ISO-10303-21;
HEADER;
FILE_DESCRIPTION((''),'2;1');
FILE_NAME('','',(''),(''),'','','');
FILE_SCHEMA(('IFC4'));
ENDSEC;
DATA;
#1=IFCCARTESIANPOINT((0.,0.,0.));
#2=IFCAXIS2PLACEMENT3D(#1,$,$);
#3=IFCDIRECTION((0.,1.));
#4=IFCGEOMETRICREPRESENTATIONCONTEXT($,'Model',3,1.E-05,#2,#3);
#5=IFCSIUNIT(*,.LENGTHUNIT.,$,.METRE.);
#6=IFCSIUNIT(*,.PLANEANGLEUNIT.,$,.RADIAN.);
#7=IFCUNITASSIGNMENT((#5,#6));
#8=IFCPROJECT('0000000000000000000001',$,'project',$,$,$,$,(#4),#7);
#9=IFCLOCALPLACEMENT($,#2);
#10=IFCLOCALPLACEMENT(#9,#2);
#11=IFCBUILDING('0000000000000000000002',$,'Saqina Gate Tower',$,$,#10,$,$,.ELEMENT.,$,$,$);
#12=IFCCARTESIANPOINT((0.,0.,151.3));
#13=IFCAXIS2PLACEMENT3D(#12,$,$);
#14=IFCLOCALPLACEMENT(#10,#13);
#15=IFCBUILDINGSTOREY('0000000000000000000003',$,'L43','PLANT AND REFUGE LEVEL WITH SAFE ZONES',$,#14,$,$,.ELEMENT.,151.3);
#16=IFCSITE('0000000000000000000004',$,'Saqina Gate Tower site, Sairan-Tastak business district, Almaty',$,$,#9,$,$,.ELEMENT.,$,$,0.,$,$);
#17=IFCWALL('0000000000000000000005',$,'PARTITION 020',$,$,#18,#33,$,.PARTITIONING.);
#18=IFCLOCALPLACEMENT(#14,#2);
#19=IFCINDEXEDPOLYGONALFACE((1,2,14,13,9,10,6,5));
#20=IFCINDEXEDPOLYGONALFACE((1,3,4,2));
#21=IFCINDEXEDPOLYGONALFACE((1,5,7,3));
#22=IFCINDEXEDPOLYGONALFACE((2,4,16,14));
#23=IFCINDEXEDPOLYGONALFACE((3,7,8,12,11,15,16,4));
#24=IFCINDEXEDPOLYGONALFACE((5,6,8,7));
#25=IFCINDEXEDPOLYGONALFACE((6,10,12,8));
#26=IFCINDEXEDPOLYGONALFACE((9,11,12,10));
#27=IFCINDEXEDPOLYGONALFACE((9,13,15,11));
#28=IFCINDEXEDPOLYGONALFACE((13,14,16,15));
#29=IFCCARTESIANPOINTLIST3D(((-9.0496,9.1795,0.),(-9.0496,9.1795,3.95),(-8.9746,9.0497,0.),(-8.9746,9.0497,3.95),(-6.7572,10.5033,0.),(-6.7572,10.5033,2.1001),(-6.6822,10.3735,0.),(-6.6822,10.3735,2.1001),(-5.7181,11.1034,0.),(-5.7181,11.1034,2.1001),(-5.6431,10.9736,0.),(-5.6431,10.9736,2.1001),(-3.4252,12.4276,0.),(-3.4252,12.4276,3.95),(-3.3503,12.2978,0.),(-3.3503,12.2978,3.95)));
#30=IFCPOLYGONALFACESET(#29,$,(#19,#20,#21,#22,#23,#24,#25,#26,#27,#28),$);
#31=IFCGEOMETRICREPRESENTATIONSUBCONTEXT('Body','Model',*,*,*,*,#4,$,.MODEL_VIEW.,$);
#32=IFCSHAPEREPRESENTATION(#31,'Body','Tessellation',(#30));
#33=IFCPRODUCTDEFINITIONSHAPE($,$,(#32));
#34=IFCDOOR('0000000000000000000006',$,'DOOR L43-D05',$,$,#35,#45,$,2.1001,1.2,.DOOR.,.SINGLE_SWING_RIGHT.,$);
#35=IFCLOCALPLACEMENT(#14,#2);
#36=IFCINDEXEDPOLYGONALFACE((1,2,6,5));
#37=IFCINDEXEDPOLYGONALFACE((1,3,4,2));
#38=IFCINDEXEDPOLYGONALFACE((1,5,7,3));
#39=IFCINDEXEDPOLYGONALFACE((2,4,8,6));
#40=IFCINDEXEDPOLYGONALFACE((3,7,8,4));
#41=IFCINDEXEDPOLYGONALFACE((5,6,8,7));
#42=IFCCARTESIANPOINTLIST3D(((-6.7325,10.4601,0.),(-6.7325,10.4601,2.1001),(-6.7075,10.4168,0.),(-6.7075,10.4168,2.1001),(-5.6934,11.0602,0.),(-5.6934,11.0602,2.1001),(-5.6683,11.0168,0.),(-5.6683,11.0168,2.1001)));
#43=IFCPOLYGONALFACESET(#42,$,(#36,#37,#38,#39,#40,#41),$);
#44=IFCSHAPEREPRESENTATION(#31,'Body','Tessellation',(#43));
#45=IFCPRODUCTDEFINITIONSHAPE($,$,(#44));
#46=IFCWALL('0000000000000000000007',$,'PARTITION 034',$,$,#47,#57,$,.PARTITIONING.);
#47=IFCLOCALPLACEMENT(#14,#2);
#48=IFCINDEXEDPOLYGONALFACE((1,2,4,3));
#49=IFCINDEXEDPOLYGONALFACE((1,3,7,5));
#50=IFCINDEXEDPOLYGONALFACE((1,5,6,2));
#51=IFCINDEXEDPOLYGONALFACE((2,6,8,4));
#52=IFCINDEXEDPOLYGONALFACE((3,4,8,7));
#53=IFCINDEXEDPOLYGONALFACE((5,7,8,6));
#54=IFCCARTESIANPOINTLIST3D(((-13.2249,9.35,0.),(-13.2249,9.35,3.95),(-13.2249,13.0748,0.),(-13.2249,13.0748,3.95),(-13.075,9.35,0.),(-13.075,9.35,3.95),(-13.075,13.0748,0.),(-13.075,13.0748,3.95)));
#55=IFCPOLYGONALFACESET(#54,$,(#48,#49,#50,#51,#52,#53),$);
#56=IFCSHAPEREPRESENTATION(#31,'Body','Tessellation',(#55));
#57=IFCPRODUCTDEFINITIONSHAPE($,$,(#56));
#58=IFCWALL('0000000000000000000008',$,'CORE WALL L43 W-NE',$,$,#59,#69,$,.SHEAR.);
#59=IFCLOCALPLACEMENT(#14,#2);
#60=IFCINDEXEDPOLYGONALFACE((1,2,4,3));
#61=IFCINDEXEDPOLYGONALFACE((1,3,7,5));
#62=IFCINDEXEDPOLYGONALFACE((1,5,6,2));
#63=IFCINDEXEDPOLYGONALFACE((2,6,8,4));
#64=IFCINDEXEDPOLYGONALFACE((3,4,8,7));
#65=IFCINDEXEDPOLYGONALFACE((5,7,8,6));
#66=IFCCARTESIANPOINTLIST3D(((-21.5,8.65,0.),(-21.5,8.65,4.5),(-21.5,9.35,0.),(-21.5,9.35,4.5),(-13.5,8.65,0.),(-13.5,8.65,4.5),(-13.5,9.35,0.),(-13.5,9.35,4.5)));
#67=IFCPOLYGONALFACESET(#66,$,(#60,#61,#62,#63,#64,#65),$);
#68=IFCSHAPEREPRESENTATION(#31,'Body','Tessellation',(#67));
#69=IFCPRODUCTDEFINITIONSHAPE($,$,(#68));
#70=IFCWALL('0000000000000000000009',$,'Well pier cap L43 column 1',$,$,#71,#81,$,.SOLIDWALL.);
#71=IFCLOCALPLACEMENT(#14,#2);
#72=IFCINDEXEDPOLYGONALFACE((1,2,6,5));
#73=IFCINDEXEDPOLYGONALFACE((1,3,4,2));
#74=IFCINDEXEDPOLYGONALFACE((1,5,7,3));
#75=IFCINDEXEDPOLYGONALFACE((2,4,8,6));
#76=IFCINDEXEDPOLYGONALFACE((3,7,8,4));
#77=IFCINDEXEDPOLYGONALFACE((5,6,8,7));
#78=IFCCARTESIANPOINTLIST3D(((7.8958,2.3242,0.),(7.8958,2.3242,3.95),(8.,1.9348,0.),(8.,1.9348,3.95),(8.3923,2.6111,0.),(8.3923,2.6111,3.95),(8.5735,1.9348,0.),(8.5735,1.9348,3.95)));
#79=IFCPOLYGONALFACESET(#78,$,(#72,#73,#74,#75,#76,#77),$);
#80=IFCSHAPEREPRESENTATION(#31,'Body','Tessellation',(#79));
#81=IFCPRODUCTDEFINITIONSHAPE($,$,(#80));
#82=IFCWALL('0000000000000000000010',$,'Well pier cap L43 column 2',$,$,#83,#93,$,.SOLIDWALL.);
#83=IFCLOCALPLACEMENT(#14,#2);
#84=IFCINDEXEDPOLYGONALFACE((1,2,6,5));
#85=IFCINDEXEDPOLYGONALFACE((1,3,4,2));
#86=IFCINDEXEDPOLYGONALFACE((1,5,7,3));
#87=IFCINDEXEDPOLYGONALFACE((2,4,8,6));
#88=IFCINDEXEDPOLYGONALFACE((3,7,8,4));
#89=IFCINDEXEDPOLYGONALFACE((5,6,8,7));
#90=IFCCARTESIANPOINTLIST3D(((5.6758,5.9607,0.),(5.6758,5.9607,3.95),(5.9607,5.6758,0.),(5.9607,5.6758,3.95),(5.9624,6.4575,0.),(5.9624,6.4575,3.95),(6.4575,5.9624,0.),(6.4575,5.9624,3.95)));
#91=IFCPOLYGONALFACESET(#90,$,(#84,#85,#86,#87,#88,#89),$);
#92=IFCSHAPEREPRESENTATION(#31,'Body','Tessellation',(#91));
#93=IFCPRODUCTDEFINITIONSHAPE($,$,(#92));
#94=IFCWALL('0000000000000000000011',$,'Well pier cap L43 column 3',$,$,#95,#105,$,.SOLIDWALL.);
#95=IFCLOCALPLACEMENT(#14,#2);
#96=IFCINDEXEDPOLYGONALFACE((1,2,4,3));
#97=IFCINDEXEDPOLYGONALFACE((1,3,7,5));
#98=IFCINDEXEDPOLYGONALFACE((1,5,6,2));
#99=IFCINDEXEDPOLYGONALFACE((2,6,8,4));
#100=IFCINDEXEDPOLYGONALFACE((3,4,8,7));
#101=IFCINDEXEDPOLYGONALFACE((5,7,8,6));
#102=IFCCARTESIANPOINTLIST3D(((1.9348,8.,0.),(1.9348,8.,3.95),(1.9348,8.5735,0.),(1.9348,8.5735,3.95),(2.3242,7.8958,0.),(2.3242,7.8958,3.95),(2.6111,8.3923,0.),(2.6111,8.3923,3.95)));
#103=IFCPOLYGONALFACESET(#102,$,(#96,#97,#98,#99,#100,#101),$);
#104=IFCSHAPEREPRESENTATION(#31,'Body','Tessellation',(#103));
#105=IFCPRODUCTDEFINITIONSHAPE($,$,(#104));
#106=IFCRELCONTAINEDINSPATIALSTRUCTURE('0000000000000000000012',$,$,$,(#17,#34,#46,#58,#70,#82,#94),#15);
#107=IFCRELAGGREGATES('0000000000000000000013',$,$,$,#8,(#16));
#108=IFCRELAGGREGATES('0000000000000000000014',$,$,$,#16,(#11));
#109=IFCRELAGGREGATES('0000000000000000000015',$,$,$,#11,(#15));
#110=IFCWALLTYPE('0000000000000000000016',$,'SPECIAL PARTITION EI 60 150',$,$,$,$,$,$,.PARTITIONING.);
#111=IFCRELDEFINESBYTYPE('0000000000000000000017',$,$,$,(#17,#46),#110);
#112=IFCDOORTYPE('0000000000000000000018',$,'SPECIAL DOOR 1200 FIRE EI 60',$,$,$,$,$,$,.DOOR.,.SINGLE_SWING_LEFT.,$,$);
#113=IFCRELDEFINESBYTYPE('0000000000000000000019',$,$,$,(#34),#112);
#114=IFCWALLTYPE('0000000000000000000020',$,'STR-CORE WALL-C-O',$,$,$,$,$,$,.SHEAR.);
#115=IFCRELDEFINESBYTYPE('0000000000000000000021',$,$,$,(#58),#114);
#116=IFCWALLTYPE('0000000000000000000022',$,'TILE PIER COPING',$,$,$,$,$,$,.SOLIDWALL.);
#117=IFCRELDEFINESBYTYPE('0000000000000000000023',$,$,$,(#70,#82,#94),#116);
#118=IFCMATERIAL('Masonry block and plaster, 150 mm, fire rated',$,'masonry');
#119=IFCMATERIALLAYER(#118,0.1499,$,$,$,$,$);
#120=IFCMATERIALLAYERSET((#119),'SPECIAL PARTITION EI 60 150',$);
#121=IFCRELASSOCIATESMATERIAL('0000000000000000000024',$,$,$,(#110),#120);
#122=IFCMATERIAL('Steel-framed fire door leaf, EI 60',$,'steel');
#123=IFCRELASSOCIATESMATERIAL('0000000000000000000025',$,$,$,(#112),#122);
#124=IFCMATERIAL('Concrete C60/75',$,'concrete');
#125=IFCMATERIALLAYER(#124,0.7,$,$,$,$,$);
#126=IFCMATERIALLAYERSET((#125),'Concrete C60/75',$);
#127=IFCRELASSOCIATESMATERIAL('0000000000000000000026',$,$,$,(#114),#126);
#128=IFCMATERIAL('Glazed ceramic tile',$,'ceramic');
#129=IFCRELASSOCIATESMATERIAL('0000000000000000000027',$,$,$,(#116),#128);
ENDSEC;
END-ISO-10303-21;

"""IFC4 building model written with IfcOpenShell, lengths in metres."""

from ifc_helpers import new_model, si_unit, direction, frame, frame_2d, origin, place, context, subcontext, project, spatial, polyline, rectangle, outline, extrude, material, layer, layer_set, type_object, element, fill, save


model = new_model("IFC4")

# Units and contexts
model_context = context("Model", 3, precision=1e-05, world=origin(), true_north=direction((0.0, 1.0)))
body_context = subcontext(model_context, "Body", "Model", "MODEL_VIEW")
ifc_project = project(units=[si_unit("LENGTHUNIT", "METRE"), si_unit("PLANEANGLEUNIT", "RADIAN")], contexts=[model_context])

# Site, building, storey
site_placement = place(None, origin())
site = spatial("IfcSite", under=ifc_project, at=site_placement, Name="Saqina Gate Tower site, Sairan-Tastak business district, Almaty", CompositionType="ELEMENT", RefElevation=0.0)
building_placement = place(site_placement, origin())
building = spatial("IfcBuilding", under=site, at=building_placement, Name="Saqina Gate Tower", CompositionType="ELEMENT")
storey_placement = place(building_placement, frame((0.0, 0.0, 151.3)))
storey = spatial("IfcBuildingStorey", under=building, at=storey_placement, Name="L43", Description="PLANT AND REFUGE LEVEL WITH SAFE ZONES", CompositionType="ELEMENT", Elevation=151.3)

# Wall, opening, door
ifc_material_1 = material(Name="Masonry block and plaster, 150 mm, fire rated", Category="masonry")
ifc_layer_1 = layer(ifc_material_1, 0.1499)
ifc_layer_set_1 = layer_set([ifc_layer_1], Name="SPECIAL PARTITION EI 60 150")
wall_type_1 = type_object("IfcWallType", Name="SPECIAL PARTITION EI 60 150", PredefinedType="PARTITIONING", material=ifc_layer_set_1)
wall_1_placement = place(storey_placement, frame((-9.0122, 9.1145, 0.0), z_axis=(0.0, 0.0, 1.0), x_axis=(0.865967, 0.500101, 0.0)))
wall_1 = element("IfcWall", 1, at=wall_1_placement, inside=storey, type_object=wall_type_1, Name="PARTITION 020", PredefinedType="PARTITIONING", context=body_context, shape_type="SweptSolid", body=[
    extrude(rectangle(XDim=6.4949, YDim=0.1499, at=frame_2d((3.2476, 0.0))), origin(), (0.0, 0.0, 1.0), 3.95),
])
opening_1_placement = place(wall_1_placement, frame((2.6472, 0.0, 0.0)))
opening_1 = element("IfcOpeningElement", 2, at=opening_1_placement, cuts=wall_1, PredefinedType="OPENING", context=body_context, shape_type="SweptSolid", body=[
    extrude(rectangle(XDim=1.2, YDim=2.1001, at=frame_2d((0.6001, 1.05))), frame((0.0, 0.0869, 0.0), z_axis=(0.0, -1.0, 0.0), x_axis=(1.0, 0.0, 0.0)), (0.0, 0.0, 1.0), 0.1738),
])
ifc_material_2 = material(Name="Steel-framed fire door leaf, EI 60", Category="steel")
door_type = type_object("IfcDoorType", Name="SPECIAL DOOR 1200 FIRE EI 60", OperationType="SINGLE_SWING_LEFT", PredefinedType="DOOR", material=ifc_material_2)
door_placement = place(opening_1_placement, frame((1.2, 0.0, 0.0), z_axis=(0.0, 0.0, 1.0), x_axis=(-1.0, 0.0, 0.0)))
door = element("IfcDoor", 3, at=door_placement, inside=storey, type_object=door_type, Name="DOOR L43-D05", OperationType="SINGLE_SWING_RIGHT", OverallHeight=2.1001, OverallWidth=1.2, PredefinedType="DOOR", context=body_context, shape_type="SweptSolid", body=[
    extrude(rectangle(XDim=1.2, YDim=2.1001, at=frame_2d((0.6001, 1.05))), frame((0.0, 0.0249, 0.0), z_axis=(0.0, -1.0, 0.0), x_axis=(1.0, 0.0, 0.0)), (0.0, 0.0, 1.0), 0.05),
])
fill(opening_1, door)

# Walls
wall_2_placement = place(storey_placement, frame((-13.1499, 9.3501, 0.0), z_axis=(0.0, 0.0, 1.0), x_axis=(0.0, 1.0, 0.0)))
element("IfcWall", 4, at=wall_2_placement, inside=storey, type_object=wall_type_1, Name="PARTITION 034", PredefinedType="PARTITIONING", context=body_context, shape_type="SweptSolid", body=[
    extrude(rectangle(XDim=3.7249, YDim=0.1499, at=frame_2d((1.8623, 0.0))), origin(), (0.0, 0.0, 1.0), 3.95),
])
ifc_material_3 = material(Name="Concrete C60/75", Category="concrete")
ifc_layer_2 = layer(ifc_material_3, 0.7)
ifc_layer_set_2 = layer_set([ifc_layer_2], Name="Concrete C60/75")
wall_type_2 = type_object("IfcWallType", Name="STR-CORE WALL-C-O", PredefinedType="SHEAR", material=ifc_layer_set_2)
wall_3_placement = place(storey_placement, frame((-13.5, 9.0, 0.0), z_axis=(0.0, 0.0, 1.0), x_axis=(-1.0, 0.0, 0.0)))
element("IfcWall", 5, at=wall_3_placement, inside=storey, type_object=wall_type_2, Name="CORE WALL L43 W-NE", PredefinedType="SHEAR", context=body_context, shape_type="SweptSolid", body=[
    extrude(rectangle(XDim=8.0, YDim=0.7, at=frame_2d((4.0, 0.0))), origin(), (0.0, 0.0, 1.0), 4.5),
])
ifc_material_4 = material(Name="Glazed ceramic tile", Category="ceramic")
wall_type_3 = type_object("IfcWallType", Name="TILE PIER COPING", PredefinedType="SOLIDWALL", material=ifc_material_4)
wall_4_placement = place(storey_placement, origin())
element("IfcWall", 6, at=wall_4_placement, inside=storey, type_object=wall_type_3, Name="Well pier cap L43 column 1", PredefinedType="SOLIDWALL", context=body_context, shape_type="SweptSolid", body=[
    extrude(outline(polyline([(8.3923, 2.6111), (7.8958, 2.3242), (8.0, 1.9348), (8.5735, 1.9348), (8.3923, 2.6111)])), origin(), (0.0, 0.0, 1.0), 3.95),
])
wall_5_placement = place(storey_placement, origin())
element("IfcWall", 7, at=wall_5_placement, inside=storey, type_object=wall_type_3, Name="Well pier cap L43 column 2", PredefinedType="SOLIDWALL", context=body_context, shape_type="SweptSolid", body=[
    extrude(outline(polyline([(5.9624, 6.4575), (5.6758, 5.9607), (5.9607, 5.6758), (6.4575, 5.9624), (5.9624, 6.4575)])), origin(), (0.0, 0.0, 1.0), 3.95),
])
wall_6_placement = place(storey_placement, origin())
element("IfcWall", 8, at=wall_6_placement, inside=storey, type_object=wall_type_3, Name="Well pier cap L43 column 3", PredefinedType="SOLIDWALL", context=body_context, shape_type="SweptSolid", body=[
    extrude(outline(polyline([(1.9348, 8.5735), (1.9348, 8.0), (2.3242, 7.8958), (2.6111, 8.3923), (1.9348, 8.5735)])), origin(), (0.0, 0.0, 1.0), 3.95),
])

save(model, "model.ifc")
